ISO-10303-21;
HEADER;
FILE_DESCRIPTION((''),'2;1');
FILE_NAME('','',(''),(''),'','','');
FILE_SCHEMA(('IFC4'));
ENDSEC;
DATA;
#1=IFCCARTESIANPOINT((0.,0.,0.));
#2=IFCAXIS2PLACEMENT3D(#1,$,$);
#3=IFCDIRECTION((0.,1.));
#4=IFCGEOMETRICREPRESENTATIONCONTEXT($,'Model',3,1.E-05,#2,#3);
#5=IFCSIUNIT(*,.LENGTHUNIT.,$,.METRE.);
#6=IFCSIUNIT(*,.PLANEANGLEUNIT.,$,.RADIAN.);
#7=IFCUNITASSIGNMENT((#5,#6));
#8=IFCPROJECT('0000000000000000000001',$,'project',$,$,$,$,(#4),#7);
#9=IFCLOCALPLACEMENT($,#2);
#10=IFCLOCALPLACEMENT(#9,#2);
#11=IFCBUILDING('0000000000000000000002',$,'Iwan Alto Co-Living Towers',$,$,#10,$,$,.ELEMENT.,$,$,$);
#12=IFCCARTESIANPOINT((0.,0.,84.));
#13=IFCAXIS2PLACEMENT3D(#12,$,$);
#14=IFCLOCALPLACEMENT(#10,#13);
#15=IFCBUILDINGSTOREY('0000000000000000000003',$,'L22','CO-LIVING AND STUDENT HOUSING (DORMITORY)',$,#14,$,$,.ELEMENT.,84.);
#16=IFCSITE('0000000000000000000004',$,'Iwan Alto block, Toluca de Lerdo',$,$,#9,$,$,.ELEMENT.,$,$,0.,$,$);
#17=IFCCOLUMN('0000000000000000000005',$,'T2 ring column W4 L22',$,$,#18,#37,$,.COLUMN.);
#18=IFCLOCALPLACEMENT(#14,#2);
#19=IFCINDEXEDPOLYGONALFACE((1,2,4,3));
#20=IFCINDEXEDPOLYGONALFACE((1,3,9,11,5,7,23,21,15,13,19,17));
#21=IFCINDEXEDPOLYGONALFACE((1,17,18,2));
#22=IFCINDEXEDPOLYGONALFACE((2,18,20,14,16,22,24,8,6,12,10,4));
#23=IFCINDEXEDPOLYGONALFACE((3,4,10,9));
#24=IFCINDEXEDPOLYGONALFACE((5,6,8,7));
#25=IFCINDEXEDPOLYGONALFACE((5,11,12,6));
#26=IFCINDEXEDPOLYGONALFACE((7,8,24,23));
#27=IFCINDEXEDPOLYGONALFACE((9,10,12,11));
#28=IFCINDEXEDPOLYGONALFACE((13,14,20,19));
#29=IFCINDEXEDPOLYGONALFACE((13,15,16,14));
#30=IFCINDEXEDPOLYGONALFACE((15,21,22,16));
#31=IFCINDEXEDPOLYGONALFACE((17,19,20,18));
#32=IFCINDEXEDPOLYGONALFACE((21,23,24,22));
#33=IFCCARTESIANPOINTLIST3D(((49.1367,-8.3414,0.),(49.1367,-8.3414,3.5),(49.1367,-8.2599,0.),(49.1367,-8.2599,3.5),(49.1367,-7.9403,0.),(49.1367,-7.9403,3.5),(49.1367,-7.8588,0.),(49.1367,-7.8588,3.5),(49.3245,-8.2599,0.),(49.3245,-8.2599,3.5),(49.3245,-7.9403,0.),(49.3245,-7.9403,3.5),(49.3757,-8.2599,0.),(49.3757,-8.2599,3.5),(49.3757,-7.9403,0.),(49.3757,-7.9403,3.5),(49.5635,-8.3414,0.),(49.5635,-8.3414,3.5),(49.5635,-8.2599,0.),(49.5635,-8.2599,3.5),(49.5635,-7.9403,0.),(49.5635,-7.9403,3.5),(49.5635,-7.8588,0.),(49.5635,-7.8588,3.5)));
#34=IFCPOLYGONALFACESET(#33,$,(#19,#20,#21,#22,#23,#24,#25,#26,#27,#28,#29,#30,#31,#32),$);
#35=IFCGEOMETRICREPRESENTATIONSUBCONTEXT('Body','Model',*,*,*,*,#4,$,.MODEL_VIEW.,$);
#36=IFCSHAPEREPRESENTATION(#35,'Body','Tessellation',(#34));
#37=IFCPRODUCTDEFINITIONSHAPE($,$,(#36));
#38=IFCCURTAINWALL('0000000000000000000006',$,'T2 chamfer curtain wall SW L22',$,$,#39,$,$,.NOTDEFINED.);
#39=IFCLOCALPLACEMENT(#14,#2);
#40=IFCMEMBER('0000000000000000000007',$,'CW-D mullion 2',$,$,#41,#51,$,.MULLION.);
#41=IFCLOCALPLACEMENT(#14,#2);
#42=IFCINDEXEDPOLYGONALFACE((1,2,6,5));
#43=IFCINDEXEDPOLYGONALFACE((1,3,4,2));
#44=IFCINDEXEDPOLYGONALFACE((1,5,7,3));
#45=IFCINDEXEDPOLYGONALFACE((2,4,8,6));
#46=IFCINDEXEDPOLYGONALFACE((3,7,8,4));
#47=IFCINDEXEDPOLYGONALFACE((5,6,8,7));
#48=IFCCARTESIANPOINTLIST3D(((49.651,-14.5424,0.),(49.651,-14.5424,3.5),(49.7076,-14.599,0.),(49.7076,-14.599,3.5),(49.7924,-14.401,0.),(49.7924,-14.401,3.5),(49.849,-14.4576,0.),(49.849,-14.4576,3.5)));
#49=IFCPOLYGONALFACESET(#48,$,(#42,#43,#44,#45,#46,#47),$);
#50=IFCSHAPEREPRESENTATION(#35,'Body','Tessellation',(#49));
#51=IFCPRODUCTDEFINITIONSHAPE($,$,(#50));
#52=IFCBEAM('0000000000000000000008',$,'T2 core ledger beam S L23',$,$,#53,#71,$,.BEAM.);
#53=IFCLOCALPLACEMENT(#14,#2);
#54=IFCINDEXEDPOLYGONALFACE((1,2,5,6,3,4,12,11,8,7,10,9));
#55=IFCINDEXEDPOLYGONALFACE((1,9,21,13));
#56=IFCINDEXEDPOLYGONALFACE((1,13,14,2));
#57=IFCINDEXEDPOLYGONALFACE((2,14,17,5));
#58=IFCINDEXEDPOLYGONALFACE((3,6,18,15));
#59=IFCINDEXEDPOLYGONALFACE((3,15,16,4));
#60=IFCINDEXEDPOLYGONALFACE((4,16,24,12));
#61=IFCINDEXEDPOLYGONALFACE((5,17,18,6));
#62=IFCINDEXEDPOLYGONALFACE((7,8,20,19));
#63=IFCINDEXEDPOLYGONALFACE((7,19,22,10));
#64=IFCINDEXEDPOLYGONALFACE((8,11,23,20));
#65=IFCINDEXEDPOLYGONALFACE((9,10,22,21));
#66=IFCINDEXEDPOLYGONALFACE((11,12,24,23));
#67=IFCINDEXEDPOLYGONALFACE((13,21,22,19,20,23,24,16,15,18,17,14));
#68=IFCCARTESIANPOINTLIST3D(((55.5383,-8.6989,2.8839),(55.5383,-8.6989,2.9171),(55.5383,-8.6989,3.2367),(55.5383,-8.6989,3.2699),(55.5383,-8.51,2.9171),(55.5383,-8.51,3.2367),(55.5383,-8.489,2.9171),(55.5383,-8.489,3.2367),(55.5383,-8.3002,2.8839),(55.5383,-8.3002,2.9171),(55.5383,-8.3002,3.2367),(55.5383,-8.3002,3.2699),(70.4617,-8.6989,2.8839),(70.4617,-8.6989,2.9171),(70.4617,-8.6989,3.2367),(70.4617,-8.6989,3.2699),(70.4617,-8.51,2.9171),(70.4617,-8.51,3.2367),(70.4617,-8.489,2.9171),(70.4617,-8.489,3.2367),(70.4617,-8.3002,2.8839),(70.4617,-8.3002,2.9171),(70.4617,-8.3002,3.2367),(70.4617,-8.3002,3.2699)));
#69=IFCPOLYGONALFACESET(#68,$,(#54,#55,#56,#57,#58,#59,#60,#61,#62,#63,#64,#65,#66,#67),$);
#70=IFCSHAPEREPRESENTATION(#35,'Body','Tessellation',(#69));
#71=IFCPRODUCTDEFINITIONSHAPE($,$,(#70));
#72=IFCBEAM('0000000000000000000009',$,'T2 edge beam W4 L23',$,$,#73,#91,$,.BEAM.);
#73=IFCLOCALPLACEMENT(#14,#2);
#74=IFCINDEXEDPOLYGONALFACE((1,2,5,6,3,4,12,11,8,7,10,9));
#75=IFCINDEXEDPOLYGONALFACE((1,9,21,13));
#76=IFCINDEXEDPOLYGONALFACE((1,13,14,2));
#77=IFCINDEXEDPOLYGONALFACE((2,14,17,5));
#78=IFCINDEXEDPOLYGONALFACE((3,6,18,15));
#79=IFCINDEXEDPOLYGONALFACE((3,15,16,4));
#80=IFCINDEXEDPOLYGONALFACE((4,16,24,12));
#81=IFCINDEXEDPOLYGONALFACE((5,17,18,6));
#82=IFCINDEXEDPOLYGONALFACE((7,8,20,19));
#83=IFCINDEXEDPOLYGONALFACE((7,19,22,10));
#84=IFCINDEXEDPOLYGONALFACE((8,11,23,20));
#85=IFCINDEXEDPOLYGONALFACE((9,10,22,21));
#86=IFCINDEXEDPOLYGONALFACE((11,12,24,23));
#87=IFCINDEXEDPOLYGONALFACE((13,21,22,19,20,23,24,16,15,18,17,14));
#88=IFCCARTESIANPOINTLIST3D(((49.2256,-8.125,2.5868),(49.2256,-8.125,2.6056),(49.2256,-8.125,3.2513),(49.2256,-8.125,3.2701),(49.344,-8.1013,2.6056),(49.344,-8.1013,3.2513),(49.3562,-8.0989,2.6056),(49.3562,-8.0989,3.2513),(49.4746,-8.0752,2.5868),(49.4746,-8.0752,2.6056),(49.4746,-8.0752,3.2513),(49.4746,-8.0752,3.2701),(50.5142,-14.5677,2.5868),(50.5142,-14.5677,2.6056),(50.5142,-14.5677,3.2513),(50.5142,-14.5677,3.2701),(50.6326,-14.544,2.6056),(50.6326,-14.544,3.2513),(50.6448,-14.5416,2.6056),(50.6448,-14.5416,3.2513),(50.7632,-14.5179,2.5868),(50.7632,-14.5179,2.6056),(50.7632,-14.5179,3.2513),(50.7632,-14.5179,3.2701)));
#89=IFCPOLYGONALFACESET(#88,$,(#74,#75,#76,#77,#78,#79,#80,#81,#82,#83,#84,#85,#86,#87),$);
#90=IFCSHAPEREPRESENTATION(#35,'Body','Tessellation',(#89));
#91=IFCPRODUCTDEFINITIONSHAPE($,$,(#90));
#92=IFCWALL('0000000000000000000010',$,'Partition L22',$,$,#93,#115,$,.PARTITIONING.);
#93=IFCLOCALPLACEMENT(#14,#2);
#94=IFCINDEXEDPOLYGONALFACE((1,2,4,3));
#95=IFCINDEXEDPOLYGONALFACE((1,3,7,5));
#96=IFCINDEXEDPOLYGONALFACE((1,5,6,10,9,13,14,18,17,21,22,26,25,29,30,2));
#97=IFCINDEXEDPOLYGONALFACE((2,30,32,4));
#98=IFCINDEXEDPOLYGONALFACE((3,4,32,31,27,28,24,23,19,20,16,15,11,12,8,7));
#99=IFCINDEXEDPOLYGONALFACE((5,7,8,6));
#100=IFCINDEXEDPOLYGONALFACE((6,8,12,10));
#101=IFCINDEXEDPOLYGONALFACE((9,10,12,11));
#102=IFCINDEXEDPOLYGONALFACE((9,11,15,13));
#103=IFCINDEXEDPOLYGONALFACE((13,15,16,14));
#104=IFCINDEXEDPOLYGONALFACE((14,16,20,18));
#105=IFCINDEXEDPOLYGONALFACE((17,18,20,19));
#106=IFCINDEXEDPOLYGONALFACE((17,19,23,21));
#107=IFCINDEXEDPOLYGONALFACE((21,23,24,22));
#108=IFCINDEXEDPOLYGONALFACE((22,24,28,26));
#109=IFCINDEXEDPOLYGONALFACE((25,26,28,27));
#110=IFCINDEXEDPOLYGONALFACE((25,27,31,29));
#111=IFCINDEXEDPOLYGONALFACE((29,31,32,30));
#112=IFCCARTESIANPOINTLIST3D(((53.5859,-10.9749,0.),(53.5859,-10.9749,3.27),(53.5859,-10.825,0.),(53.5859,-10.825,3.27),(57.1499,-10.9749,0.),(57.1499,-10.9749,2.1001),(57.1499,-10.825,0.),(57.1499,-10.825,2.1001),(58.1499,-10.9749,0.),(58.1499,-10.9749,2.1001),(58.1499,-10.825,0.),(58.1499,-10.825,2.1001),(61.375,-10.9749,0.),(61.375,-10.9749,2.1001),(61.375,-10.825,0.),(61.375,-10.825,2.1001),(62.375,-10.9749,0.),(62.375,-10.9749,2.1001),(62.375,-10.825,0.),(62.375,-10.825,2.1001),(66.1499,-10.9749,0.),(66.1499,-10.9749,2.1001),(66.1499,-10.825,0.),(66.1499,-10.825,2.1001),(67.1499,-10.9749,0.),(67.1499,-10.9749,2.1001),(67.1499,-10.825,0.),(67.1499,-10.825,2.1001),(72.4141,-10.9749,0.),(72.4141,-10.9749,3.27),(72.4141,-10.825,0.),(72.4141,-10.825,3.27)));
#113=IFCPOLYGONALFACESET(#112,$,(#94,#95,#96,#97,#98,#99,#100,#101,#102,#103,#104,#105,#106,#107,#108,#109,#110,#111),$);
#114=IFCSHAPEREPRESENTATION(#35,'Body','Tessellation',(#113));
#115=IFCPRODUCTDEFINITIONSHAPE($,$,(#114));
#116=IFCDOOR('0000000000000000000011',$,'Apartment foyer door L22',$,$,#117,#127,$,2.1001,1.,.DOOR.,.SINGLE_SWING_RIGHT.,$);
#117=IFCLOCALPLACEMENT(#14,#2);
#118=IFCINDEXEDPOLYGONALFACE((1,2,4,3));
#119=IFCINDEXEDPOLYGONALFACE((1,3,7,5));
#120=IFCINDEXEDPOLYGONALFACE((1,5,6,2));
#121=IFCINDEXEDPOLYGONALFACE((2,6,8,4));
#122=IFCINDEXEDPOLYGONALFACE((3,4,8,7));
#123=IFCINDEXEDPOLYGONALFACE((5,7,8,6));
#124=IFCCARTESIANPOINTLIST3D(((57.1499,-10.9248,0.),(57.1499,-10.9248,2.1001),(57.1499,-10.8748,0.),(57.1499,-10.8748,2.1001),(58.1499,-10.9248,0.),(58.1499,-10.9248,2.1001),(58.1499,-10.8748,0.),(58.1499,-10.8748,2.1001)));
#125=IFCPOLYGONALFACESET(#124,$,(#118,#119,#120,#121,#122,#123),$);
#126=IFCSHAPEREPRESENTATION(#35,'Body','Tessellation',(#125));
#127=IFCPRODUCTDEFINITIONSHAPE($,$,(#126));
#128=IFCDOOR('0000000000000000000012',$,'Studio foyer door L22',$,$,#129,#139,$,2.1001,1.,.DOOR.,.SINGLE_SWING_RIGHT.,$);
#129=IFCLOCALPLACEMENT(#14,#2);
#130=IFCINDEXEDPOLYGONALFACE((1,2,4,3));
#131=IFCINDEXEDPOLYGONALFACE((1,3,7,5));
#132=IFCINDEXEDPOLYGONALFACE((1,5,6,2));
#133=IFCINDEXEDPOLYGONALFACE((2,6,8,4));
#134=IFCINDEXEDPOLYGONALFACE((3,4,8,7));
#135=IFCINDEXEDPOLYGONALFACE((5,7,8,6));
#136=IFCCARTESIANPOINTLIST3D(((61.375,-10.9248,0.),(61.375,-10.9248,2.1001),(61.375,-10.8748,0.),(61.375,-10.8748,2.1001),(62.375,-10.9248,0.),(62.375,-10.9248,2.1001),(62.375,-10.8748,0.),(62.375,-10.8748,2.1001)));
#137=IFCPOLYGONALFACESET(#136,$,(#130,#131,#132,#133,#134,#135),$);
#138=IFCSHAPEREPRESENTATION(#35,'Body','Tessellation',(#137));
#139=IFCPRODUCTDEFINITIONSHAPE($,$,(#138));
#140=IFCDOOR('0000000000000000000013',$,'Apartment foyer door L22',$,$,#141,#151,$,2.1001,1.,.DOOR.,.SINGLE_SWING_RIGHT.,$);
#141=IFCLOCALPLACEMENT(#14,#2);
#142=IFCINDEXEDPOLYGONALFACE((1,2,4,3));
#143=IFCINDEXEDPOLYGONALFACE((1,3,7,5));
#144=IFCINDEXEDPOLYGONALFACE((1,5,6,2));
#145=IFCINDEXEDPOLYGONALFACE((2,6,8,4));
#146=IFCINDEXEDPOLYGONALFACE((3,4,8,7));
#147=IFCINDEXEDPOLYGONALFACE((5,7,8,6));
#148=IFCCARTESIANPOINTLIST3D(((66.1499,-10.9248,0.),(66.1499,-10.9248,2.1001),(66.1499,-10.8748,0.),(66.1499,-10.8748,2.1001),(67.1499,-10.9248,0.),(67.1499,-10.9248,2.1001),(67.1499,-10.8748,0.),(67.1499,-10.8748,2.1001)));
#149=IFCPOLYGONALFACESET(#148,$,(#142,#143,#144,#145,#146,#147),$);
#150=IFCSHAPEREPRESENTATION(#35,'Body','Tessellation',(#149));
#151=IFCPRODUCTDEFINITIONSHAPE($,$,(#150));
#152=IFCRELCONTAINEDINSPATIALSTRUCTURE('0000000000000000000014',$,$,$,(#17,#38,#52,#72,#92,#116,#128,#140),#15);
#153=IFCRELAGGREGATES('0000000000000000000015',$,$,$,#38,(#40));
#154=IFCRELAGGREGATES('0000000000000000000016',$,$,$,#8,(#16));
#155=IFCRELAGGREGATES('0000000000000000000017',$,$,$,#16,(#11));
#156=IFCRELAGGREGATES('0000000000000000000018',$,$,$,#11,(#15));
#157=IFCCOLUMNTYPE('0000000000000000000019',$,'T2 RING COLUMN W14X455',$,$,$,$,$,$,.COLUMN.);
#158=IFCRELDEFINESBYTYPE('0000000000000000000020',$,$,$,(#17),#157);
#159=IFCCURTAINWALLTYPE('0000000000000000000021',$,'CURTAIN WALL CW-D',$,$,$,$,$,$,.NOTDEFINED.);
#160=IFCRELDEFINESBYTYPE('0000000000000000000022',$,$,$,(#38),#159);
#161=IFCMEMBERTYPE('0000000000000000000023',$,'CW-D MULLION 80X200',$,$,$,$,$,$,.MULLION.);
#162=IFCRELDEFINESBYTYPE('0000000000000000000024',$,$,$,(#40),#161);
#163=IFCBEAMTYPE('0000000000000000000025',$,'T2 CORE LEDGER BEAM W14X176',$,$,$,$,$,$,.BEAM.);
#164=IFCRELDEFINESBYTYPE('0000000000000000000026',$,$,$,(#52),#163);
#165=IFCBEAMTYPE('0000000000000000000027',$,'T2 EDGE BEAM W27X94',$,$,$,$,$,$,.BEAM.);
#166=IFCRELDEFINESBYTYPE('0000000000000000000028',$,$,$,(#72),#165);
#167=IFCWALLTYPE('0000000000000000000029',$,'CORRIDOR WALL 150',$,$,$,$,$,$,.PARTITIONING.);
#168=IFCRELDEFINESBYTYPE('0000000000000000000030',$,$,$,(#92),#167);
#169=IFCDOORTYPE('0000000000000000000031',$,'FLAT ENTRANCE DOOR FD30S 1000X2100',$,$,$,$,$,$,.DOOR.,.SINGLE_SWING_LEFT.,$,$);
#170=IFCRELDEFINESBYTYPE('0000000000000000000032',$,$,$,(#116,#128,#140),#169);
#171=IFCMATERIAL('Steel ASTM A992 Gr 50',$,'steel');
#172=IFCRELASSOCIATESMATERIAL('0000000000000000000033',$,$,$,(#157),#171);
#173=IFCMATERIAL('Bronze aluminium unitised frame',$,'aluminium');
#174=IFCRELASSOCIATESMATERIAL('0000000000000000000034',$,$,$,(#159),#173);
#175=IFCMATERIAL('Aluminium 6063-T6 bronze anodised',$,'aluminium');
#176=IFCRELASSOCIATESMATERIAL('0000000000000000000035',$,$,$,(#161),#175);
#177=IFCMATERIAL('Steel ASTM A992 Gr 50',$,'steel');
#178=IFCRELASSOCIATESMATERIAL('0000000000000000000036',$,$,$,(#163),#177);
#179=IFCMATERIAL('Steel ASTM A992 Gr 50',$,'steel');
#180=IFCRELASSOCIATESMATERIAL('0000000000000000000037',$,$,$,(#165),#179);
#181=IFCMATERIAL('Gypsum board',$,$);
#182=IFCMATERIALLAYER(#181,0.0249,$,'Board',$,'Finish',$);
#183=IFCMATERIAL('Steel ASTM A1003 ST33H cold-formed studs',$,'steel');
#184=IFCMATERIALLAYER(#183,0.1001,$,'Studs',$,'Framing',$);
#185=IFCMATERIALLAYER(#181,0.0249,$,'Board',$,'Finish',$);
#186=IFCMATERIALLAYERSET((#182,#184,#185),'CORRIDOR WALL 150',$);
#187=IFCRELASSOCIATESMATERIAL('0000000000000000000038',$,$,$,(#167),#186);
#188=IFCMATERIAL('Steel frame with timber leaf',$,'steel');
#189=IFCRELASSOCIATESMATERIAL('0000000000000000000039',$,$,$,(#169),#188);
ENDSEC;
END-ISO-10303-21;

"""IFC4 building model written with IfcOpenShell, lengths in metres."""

from ifc_helpers import new_model, si_unit, direction, frame, frame_2d, origin, origin_2d, place, context, subcontext, project, spatial, rectangle, i_section, extrude, material, layer, layer_set, material_profile, profile_set, type_object, element, fill, aggregate, save


model = new_model("IFC4")

# Units and contexts
model_context = context("Model", 3, precision=1e-05, world=origin(), true_north=direction((0.0, 1.0)))
body_context = subcontext(model_context, "Body", "Model", "MODEL_VIEW")
ifc_project = project(units=[si_unit("LENGTHUNIT", "METRE"), si_unit("PLANEANGLEUNIT", "RADIAN")], contexts=[model_context])

# Site, building, storey
site_placement = place(None, origin())
site = spatial("IfcSite", under=ifc_project, at=site_placement, Name="Iwan Alto block, Toluca de Lerdo", CompositionType="ELEMENT", RefElevation=0.0)
building_placement = place(site_placement, origin())
building = spatial("IfcBuilding", under=site, at=building_placement, Name="Iwan Alto Co-Living Towers", CompositionType="ELEMENT")
storey_placement = place(building_placement, frame((0.0, 0.0, 84.0)))
storey = spatial("IfcBuildingStorey", under=building, at=storey_placement, Name="L22", Description="CO-LIVING AND STUDENT HOUSING (DORMITORY)", CompositionType="ELEMENT", Elevation=84.0)

# Column
ifc_material_1 = material(Name="Steel ASTM A992 Gr 50", Category="steel")
ifc_material_profile_1 = material_profile(ifc_material_1, i_section(OverallWidth=0.4268, OverallDepth=0.4827, WebThickness=0.0513, FlangeThickness=0.0815, at=origin_2d()), Name="W14X455")
ifc_profile_set_1 = profile_set([ifc_material_profile_1], Name="Steel ASTM A992 Gr 50")
column_type = type_object("IfcColumnType", Name="T2 RING COLUMN W14X455", PredefinedType="COLUMN", material=ifc_profile_set_1)
column_placement = place(storey_placement, frame((49.3501, -8.1001, 0.0), z_axis=(0.0, 0.0, 1.0), x_axis=(1.0, 0.0, 0.0)))
element("IfcColumn", 1, at=column_placement, inside=storey, type_object=column_type, Name="T2 ring column W4 L22", PredefinedType="COLUMN", context=body_context, shape_type="SweptSolid", body=[
    extrude(i_section(OverallWidth=0.4268, OverallDepth=0.4827, WebThickness=0.0513, FlangeThickness=0.0815, at=origin_2d()), origin(), (0.0, 0.0, 1.0), 3.5),
])

# Curtain wall, member
ifc_material_2 = material(Name="Bronze aluminium unitised frame", Category="aluminium")
curtain_wall_type = type_object("IfcCurtainWallType", Name="CURTAIN WALL CW-D", PredefinedType="NOTDEFINED", material=ifc_material_2)
curtain_wall_placement = place(storey_placement, origin())
curtain_wall = element("IfcCurtainWall", 2, at=curtain_wall_placement, inside=storey, type_object=curtain_wall_type, Name="T2 chamfer curtain wall SW L22", PredefinedType="NOTDEFINED")
ifc_material_3 = material(Name="Aluminium 6063-T6 bronze anodised", Category="aluminium")
ifc_material_profile_2 = material_profile(ifc_material_3, rectangle(XDim=0.2, YDim=0.0801, at=origin_2d()), Name="AL 80X200")
ifc_profile_set_2 = profile_set([ifc_material_profile_2], Name="Aluminium 6063-T6 bronze anodised")
member_type = type_object("IfcMemberType", Name="CW-D MULLION 80X200", PredefinedType="MULLION", material=ifc_profile_set_2)
member_placement = place(storey_placement, frame((49.75, -14.5, 0.0), z_axis=(0.0, 0.0, 1.0), x_axis=(0.707107, 0.707107, 0.0)))
member = element("IfcMember", 3, at=member_placement, type_object=member_type, Name="CW-D mullion 2", PredefinedType="MULLION", context=body_context, shape_type="SweptSolid", body=[
    extrude(rectangle(XDim=0.2, YDim=0.0801, at=origin_2d()), origin(), (0.0, 0.0, 1.0), 3.5),
])
aggregate(curtain_wall, [member])

# Beams
ifc_material_4 = material(Name="Steel ASTM A992 Gr 50", Category="steel")
ifc_material_profile_3 = material_profile(ifc_material_4, i_section(OverallWidth=0.3987, OverallDepth=0.386, WebThickness=0.021, FlangeThickness=0.0332, at=origin_2d()), Name="W14X176")
ifc_profile_set_3 = profile_set([ifc_material_profile_3], Name="Steel ASTM A992 Gr 50")
beam_type_1 = type_object("IfcBeamType", Name="T2 CORE LEDGER BEAM W14X176", PredefinedType="BEAM", material=ifc_profile_set_3)
beam_1_placement = place(storey_placement, frame((55.5383, -8.4995, 3.0769), z_axis=(1.0, 0.0, 0.0), x_axis=(0.0, 1.0, 0.0)))
element("IfcBeam", 4, at=beam_1_placement, inside=storey, type_object=beam_type_1, Name="T2 core ledger beam S L23", PredefinedType="BEAM", context=body_context, shape_type="SweptSolid", body=[
    extrude(i_section(OverallWidth=0.3987, OverallDepth=0.386, WebThickness=0.021, FlangeThickness=0.0332, at=origin_2d()), origin(), (0.0, 0.0, 1.0), 14.9233),
])
ifc_material_5 = material(Name="Steel ASTM A992 Gr 50", Category="steel")
ifc_material_profile_4 = material_profile(ifc_material_5, i_section(OverallWidth=0.2539, OverallDepth=0.6833, WebThickness=0.0125, FlangeThickness=0.0188, at=origin_2d()), Name="W27X94")
ifc_profile_set_4 = profile_set([ifc_material_profile_4], Name="Steel ASTM A992 Gr 50")
beam_type_2 = type_object("IfcBeamType", Name="T2 EDGE BEAM W27X94", PredefinedType="BEAM", material=ifc_profile_set_4)
beam_2_placement = place(storey_placement, frame((49.3501, -8.1001, 2.9285), z_axis=(0.196123, -0.980579, 0.0), x_axis=(0.980579, 0.196123, 0.0)))
element("IfcBeam", 5, at=beam_2_placement, inside=storey, type_object=beam_type_2, Name="T2 edge beam W4 L23", PredefinedType="BEAM", context=body_context, shape_type="SweptSolid", body=[
    extrude(i_section(OverallWidth=0.2539, OverallDepth=0.6833, WebThickness=0.0125, FlangeThickness=0.0188, at=origin_2d()), origin(), (0.0, 0.0, 1.0), 6.5703),
])

# Wall, openings, doors
ifc_material_6 = material(Name="Gypsum board")
ifc_layer_1 = layer(ifc_material_6, 0.0249, Name="Board", Category="Finish")
ifc_material_7 = material(Name="Steel ASTM A1003 ST33H cold-formed studs", Category="steel")
ifc_layer_2 = layer(ifc_material_7, 0.1001, Name="Studs", Category="Framing")
ifc_layer_3 = layer(ifc_material_6, 0.0249, Name="Board", Category="Finish")
ifc_layer_set_1 = layer_set([ifc_layer_1, ifc_layer_2, ifc_layer_3], Name="CORRIDOR WALL 150")
wall_type_1 = type_object("IfcWallType", Name="CORRIDOR WALL 150", PredefinedType="PARTITIONING", material=ifc_layer_set_1)
wall_1_placement = place(storey_placement, frame((53.5859, -10.8999, 0.0), z_axis=(0.0, 0.0, 1.0), x_axis=(1.0, 0.0, 0.0)))
wall_1 = element("IfcWall", 6, at=wall_1_placement, inside=storey, type_object=wall_type_1, Name="Partition L22", PredefinedType="PARTITIONING", context=body_context, shape_type="SweptSolid", body=[
    extrude(rectangle(XDim=18.8281, YDim=0.1499, at=frame_2d((9.4141, 0.0))), origin(), (0.0, 0.0, 1.0), 3.27),
])
opening_1_placement = place(wall_1_placement, frame((3.564, 0.0, 0.0)))
opening_1 = element("IfcOpeningElement", 7, at=opening_1_placement, cuts=wall_1, PredefinedType="OPENING", context=body_context, shape_type="SweptSolid", body=[
    extrude(rectangle(XDim=1.0, YDim=2.1001, at=frame_2d((0.5, 1.05))), frame((0.0, 0.085, 0.0), z_axis=(0.0, -1.0, 0.0), x_axis=(1.0, 0.0, 0.0)), (0.0, 0.0, 1.0), 0.1699),
])
opening_2_placement = place(wall_1_placement, frame((7.7891, 0.0, 0.0)))
opening_2 = element("IfcOpeningElement", 8, at=opening_2_placement, cuts=wall_1, PredefinedType="OPENING", context=body_context, shape_type="SweptSolid", body=[
    extrude(rectangle(XDim=1.0, YDim=2.1001, at=frame_2d((0.5, 1.05))), frame((0.0, 0.085, 0.0), z_axis=(0.0, -1.0, 0.0), x_axis=(1.0, 0.0, 0.0)), (0.0, 0.0, 1.0), 0.1699),
])
opening_3_placement = place(wall_1_placement, frame((12.564, 0.0, 0.0)))
opening_3 = element("IfcOpeningElement", 9, at=opening_3_placement, cuts=wall_1, PredefinedType="OPENING", context=body_context, shape_type="SweptSolid", body=[
    extrude(rectangle(XDim=1.0, YDim=2.1001, at=frame_2d((0.5, 1.05))), frame((0.0, 0.085, 0.0), z_axis=(0.0, -1.0, 0.0), x_axis=(1.0, 0.0, 0.0)), (0.0, 0.0, 1.0), 0.1699),
])
ifc_material_8 = material(Name="Steel frame with timber leaf", Category="steel")
door_type_1 = type_object("IfcDoorType", Name="FLAT ENTRANCE DOOR FD30S 1000X2100", OperationType="SINGLE_SWING_LEFT", PredefinedType="DOOR", material=ifc_material_8)
door_1_placement = place(opening_1_placement, frame((1.0, 0.0, 0.0), z_axis=(0.0, 0.0, 1.0), x_axis=(-1.0, 0.0, 0.0)))
door_1 = element("IfcDoor", 10, at=door_1_placement, inside=storey, type_object=door_type_1, Name="Apartment foyer door L22", OperationType="SINGLE_SWING_RIGHT", OverallHeight=2.1001, OverallWidth=1.0, PredefinedType="DOOR", context=body_context, shape_type="SweptSolid", body=[
    extrude(rectangle(XDim=1.0, YDim=2.1001, at=frame_2d((0.5, 1.05))), frame((0.0, 0.0249, 0.0), z_axis=(0.0, -1.0, 0.0), x_axis=(1.0, 0.0, 0.0)), (0.0, 0.0, 1.0), 0.05),
])
fill(opening_1, door_1)
door_2_placement = place(opening_2_placement, frame((1.0, 0.0, 0.0), z_axis=(0.0, 0.0, 1.0), x_axis=(-1.0, 0.0, 0.0)))
door_2 = element("IfcDoor", 11, at=door_2_placement, inside=storey, type_object=door_type_1, Name="Studio foyer door L22", OperationType="SINGLE_SWING_RIGHT", OverallHeight=2.1001, OverallWidth=1.0, PredefinedType="DOOR", context=body_context, shape_type="SweptSolid", body=[
    extrude(rectangle(XDim=1.0, YDim=2.1001, at=frame_2d((0.5, 1.05))), frame((0.0, 0.0249, 0.0), z_axis=(0.0, -1.0, 0.0), x_axis=(1.0, 0.0, 0.0)), (0.0, 0.0, 1.0), 0.05),
])
fill(opening_2, door_2)
door_3_placement = place(opening_3_placement, frame((1.0, 0.0, 0.0), z_axis=(0.0, 0.0, 1.0), x_axis=(-1.0, 0.0, 0.0)))
door_3 = element("IfcDoor", 12, at=door_3_placement, inside=storey, type_object=door_type_1, Name="Apartment foyer door L22", OperationType="SINGLE_SWING_RIGHT", OverallHeight=2.1001, OverallWidth=1.0, PredefinedType="DOOR", context=body_context, shape_type="SweptSolid", body=[
    extrude(rectangle(XDim=1.0, YDim=2.1001, at=frame_2d((0.5, 1.05))), frame((0.0, 0.0249, 0.0), z_axis=(0.0, -1.0, 0.0), x_axis=(1.0, 0.0, 0.0)), (0.0, 0.0, 1.0), 0.05),
])
fill(opening_3, door_3)

save(model, "model.ifc")
